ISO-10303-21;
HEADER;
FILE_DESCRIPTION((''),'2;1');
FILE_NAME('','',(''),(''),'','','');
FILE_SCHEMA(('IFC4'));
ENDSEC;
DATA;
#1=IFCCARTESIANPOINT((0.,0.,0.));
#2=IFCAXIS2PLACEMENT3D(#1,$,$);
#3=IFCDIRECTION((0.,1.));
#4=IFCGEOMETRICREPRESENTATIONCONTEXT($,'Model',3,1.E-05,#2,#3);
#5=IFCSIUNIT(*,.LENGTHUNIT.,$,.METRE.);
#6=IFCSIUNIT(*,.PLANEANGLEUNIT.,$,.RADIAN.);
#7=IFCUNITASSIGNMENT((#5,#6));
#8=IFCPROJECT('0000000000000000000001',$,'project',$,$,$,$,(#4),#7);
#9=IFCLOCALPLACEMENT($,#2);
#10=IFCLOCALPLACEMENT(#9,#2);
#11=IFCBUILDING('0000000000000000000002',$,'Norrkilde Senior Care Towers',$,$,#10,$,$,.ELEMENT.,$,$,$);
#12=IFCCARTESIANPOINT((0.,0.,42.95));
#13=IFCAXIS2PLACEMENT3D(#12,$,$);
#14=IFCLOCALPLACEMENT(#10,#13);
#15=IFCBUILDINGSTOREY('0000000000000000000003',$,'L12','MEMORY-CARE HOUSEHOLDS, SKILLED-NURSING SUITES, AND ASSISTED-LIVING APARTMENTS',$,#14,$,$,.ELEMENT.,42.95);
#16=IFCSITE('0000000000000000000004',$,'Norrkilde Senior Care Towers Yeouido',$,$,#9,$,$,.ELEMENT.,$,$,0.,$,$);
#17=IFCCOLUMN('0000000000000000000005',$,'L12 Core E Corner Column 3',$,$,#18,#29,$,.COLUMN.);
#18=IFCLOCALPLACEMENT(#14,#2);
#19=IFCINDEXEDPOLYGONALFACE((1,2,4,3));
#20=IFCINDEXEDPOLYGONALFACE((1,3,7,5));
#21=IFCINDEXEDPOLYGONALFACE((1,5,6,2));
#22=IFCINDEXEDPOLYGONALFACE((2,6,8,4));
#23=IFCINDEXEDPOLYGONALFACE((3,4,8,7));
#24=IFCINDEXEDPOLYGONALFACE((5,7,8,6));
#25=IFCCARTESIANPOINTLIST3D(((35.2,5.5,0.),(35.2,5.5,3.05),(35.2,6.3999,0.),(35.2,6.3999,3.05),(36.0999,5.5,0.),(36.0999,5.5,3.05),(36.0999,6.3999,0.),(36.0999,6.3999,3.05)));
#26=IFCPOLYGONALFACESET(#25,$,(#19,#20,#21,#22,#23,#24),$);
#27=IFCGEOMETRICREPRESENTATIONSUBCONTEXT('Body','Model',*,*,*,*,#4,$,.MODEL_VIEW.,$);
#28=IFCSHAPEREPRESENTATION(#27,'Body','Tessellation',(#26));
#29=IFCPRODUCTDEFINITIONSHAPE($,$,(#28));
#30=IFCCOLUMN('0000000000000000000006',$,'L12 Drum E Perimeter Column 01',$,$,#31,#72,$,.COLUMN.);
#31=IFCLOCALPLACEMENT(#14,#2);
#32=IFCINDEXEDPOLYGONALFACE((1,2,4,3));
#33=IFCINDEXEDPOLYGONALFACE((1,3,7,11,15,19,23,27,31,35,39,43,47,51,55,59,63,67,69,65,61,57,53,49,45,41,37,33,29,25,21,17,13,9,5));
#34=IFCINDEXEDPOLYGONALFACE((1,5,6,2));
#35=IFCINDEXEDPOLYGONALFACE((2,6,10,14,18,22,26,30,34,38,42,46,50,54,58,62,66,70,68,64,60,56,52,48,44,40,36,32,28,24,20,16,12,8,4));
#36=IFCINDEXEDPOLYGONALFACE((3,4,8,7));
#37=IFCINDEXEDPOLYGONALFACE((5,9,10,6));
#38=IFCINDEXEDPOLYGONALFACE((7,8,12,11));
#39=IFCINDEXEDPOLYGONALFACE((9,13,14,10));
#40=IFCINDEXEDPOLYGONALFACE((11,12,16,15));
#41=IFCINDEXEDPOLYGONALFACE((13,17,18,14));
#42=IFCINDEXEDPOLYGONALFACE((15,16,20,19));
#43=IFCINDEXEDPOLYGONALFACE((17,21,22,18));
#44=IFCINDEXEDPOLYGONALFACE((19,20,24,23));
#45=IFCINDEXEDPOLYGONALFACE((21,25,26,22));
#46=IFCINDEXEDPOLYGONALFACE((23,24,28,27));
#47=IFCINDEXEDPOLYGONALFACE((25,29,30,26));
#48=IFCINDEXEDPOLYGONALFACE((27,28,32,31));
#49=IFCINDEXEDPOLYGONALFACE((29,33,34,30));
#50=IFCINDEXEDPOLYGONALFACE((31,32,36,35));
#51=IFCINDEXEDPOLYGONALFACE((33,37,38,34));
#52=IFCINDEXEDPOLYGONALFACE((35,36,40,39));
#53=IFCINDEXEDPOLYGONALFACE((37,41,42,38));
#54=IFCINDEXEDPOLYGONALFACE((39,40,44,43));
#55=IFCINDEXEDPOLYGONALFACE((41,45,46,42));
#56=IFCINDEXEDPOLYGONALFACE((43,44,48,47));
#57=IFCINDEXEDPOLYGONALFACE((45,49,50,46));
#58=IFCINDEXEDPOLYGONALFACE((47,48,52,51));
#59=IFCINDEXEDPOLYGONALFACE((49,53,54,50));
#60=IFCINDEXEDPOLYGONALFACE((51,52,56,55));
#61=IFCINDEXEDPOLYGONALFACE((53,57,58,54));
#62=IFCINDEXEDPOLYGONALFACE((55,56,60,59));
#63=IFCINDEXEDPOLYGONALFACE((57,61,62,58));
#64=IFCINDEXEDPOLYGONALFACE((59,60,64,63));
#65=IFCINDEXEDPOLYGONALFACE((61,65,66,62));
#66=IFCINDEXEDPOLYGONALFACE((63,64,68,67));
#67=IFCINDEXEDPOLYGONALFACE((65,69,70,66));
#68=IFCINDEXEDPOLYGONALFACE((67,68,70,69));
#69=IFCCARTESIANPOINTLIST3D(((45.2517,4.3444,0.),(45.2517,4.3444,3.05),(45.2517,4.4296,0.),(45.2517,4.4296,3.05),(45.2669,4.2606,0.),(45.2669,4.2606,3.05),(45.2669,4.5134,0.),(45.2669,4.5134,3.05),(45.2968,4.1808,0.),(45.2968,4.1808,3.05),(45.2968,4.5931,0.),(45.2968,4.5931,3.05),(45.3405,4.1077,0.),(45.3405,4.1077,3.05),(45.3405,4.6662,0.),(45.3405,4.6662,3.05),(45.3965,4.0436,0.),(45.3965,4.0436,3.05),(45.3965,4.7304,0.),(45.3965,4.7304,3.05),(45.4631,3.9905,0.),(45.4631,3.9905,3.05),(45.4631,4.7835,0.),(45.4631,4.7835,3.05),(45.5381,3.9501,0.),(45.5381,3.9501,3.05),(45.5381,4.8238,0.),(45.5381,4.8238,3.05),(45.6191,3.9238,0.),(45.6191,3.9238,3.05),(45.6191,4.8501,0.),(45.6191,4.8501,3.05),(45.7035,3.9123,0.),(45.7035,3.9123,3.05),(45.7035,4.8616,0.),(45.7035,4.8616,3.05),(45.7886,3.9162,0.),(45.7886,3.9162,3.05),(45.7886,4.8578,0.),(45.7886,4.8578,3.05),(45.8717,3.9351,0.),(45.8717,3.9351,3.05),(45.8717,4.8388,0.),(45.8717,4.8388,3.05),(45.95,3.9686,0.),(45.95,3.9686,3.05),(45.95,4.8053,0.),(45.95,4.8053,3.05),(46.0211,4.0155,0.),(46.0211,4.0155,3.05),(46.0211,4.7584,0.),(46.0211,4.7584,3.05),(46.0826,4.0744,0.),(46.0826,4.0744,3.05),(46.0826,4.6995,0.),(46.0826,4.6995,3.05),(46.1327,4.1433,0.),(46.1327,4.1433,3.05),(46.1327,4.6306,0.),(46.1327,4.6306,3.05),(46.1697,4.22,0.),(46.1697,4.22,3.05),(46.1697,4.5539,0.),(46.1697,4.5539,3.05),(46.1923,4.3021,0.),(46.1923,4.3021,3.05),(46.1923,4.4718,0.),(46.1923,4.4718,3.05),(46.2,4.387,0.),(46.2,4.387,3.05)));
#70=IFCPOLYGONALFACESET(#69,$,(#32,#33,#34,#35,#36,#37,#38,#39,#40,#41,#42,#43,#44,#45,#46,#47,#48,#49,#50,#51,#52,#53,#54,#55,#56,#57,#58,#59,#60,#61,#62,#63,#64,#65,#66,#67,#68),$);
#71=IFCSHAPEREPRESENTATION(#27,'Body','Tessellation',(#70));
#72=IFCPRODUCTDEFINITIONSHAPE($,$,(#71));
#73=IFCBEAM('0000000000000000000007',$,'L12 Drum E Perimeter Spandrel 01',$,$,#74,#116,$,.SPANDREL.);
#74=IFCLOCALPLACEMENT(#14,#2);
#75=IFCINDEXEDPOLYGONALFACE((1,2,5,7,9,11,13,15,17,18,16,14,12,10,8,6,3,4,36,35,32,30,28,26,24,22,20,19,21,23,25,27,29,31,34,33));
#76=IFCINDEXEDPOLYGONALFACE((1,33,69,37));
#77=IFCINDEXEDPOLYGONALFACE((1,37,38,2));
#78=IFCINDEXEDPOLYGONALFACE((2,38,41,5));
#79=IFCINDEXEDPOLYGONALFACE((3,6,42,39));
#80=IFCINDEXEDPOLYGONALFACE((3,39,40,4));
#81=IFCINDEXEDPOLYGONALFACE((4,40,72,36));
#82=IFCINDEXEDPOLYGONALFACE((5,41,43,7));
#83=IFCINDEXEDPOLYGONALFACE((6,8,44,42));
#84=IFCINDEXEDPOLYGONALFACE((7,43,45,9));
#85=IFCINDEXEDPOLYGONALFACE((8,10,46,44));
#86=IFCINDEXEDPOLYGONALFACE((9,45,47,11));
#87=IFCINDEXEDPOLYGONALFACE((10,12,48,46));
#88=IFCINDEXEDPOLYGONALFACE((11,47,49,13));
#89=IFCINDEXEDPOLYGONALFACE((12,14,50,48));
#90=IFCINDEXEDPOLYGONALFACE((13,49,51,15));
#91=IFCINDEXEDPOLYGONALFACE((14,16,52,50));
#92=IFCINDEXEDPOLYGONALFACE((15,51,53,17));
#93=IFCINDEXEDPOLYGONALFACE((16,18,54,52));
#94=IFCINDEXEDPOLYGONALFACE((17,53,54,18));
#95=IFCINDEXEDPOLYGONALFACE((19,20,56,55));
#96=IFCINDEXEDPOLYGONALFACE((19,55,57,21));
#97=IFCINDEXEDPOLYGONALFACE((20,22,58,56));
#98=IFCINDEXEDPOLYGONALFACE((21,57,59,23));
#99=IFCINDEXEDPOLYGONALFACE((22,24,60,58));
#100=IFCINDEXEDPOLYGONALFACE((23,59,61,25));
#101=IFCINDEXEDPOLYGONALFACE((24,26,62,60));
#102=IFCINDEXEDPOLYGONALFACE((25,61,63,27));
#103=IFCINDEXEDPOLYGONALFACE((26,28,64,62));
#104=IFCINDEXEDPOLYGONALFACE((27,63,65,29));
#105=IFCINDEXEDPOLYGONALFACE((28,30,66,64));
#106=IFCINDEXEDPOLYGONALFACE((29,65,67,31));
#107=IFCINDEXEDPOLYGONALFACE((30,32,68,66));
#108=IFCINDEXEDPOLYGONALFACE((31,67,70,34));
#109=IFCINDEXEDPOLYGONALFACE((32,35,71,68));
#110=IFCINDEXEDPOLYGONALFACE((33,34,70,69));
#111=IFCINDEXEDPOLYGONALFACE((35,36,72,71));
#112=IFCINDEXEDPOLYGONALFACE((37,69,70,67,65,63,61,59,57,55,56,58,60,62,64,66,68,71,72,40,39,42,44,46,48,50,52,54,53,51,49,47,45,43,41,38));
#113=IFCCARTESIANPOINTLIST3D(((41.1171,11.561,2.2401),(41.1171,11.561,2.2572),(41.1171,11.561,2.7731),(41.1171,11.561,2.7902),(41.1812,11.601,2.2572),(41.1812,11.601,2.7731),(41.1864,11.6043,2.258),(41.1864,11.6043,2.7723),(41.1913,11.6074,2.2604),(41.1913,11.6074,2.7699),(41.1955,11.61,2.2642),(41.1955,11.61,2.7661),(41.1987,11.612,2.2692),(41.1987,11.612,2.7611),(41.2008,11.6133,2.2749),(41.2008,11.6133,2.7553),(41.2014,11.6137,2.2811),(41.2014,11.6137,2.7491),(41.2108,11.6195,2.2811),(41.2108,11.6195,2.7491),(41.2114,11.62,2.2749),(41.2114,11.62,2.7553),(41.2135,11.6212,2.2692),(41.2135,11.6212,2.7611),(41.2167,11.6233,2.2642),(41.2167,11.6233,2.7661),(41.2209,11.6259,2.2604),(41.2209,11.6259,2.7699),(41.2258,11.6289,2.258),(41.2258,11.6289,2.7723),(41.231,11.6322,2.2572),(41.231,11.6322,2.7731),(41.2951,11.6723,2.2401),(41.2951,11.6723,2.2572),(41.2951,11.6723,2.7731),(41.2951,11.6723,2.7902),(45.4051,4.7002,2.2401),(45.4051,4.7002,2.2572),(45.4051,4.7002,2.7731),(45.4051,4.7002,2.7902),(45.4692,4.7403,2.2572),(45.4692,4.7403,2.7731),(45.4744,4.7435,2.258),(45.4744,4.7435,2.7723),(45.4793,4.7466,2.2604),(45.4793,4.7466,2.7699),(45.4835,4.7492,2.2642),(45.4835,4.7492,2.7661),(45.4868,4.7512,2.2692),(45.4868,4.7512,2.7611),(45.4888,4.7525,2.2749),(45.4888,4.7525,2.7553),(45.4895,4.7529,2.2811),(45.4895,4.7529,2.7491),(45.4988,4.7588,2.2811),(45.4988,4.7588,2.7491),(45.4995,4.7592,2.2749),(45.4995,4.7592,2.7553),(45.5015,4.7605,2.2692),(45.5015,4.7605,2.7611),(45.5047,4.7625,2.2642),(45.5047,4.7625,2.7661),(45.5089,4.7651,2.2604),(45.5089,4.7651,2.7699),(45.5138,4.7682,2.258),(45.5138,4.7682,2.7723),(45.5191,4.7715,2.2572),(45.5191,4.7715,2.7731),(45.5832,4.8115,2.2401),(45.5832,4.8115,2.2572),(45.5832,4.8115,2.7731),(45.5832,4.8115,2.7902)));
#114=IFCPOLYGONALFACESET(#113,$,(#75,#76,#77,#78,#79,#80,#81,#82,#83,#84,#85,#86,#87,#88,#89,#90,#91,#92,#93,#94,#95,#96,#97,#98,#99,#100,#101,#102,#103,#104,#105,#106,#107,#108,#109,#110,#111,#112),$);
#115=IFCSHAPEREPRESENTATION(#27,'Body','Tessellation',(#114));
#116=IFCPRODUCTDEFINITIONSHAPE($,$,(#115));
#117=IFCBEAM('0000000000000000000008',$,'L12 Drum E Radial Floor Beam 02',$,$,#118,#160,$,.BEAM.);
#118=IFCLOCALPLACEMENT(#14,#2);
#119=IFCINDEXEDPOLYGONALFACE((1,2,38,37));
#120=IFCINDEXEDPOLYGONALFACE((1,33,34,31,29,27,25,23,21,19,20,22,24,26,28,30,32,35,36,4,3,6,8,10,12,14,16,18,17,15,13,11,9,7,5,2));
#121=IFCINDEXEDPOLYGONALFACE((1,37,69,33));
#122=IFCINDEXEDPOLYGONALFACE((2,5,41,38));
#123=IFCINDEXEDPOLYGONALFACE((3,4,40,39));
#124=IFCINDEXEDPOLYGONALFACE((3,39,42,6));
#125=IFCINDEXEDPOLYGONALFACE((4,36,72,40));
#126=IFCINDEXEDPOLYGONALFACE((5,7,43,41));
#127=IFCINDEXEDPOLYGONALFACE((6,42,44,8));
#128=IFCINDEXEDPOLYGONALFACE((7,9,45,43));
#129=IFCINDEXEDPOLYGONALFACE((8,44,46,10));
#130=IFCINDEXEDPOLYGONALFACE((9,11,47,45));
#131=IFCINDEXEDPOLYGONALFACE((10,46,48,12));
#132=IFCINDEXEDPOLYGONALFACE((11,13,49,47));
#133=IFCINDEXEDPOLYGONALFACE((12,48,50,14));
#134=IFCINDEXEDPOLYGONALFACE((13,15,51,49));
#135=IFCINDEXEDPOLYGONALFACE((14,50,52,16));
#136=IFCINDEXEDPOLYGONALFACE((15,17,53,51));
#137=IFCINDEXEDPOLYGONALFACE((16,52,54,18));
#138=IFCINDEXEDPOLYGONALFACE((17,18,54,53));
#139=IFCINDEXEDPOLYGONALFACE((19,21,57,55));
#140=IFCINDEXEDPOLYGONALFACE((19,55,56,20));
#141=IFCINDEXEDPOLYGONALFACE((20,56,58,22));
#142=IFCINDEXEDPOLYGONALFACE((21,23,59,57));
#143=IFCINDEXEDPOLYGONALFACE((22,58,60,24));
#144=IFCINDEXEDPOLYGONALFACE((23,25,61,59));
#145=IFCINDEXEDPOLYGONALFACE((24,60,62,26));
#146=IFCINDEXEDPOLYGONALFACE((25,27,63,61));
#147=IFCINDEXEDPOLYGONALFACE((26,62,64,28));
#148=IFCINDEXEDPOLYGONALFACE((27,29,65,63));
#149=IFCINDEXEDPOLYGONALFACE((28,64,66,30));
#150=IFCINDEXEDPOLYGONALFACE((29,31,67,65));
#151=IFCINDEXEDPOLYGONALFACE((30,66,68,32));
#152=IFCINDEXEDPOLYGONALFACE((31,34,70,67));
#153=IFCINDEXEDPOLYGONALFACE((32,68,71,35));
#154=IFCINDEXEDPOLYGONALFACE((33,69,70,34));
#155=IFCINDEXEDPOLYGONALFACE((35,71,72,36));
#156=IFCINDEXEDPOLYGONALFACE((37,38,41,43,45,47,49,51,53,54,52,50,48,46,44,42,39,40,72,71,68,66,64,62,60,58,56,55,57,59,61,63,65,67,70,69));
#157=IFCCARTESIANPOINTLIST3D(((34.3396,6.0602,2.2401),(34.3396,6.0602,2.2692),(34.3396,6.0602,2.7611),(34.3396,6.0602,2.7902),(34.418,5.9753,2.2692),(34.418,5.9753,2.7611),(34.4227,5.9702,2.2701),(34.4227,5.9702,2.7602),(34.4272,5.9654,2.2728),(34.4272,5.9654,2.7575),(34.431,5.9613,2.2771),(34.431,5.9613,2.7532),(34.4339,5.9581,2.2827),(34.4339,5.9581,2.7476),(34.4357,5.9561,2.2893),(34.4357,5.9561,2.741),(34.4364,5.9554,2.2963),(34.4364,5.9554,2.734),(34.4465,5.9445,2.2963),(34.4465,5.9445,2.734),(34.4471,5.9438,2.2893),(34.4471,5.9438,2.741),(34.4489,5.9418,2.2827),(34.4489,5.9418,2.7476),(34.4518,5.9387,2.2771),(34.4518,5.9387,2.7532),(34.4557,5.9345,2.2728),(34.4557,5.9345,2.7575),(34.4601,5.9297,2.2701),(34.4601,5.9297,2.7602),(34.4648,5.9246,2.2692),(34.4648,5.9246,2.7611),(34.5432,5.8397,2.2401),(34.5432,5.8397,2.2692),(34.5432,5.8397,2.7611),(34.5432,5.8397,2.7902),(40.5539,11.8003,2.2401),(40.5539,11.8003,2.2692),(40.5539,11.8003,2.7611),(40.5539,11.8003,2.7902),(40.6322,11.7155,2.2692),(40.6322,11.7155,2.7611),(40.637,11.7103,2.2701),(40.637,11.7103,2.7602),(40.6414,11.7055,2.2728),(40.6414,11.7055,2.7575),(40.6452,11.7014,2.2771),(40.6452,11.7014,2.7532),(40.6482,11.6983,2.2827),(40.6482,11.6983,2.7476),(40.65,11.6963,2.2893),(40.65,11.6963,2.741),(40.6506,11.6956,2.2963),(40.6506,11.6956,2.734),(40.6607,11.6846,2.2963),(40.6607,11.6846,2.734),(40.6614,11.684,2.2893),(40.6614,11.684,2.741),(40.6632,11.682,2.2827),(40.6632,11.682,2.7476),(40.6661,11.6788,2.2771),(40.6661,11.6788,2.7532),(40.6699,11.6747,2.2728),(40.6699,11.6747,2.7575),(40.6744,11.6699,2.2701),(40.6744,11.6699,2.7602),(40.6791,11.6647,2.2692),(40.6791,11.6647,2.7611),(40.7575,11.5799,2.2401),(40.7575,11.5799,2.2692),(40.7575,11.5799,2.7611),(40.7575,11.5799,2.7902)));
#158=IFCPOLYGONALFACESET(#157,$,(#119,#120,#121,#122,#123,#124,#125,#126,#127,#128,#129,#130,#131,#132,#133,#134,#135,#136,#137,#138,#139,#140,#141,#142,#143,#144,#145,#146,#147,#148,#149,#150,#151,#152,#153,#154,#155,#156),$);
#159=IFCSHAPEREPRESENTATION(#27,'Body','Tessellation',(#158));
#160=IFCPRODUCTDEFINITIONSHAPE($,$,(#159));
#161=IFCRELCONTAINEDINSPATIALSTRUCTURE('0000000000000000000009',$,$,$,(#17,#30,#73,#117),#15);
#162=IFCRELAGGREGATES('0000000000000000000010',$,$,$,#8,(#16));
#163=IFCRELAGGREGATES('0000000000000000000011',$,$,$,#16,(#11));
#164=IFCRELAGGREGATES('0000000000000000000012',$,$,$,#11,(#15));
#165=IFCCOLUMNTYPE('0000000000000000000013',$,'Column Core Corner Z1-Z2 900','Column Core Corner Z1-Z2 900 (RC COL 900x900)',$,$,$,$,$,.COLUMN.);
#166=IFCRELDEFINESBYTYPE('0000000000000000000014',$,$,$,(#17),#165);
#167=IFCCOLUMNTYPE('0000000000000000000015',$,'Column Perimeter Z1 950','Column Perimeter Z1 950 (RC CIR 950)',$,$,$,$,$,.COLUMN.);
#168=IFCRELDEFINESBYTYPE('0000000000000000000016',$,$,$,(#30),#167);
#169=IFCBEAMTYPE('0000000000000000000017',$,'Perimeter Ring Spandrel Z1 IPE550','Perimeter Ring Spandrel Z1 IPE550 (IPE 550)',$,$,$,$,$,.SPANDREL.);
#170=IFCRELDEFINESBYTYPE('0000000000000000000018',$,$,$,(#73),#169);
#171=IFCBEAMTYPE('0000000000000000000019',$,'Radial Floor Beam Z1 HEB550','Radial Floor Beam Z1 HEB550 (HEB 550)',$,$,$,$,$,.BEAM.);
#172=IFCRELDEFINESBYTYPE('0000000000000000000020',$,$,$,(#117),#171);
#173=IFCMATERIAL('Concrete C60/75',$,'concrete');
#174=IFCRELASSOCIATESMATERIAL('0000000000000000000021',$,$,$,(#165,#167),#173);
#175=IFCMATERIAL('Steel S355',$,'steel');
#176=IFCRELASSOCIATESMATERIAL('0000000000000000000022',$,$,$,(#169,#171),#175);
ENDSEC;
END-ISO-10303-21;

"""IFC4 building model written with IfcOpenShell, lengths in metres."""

from ifc_helpers import new_model, si_unit, direction, frame, origin, origin_2d, place, context, subcontext, project, spatial, rectangle, circle, i_section, extrude, source, transform, mapped, material, material_profile, profile_set, type_object, type_shapes, element, save


model = new_model("IFC4")

# Units and contexts
model_context = context("Model", 3, precision=1e-05, world=origin(), true_north=direction((0.0, 1.0)))
body_context = subcontext(model_context, "Body", "Model", "MODEL_VIEW")
ifc_project = project(units=[si_unit("LENGTHUNIT", "METRE"), si_unit("PLANEANGLEUNIT", "RADIAN")], contexts=[model_context])

# Site, building, storey
site_placement = place(None, origin())
site = spatial("IfcSite", under=ifc_project, at=site_placement, Name="Norrkilde Senior Care Towers Yeouido", CompositionType="ELEMENT", RefElevation=0.0)
building_placement = place(site_placement, origin())
building = spatial("IfcBuilding", under=site, at=building_placement, Name="Norrkilde Senior Care Towers", CompositionType="ELEMENT")
storey_placement = place(building_placement, frame((0.0, 0.0, 42.95)))
storey = spatial("IfcBuildingStorey", under=building, at=storey_placement, Name="L12", Description="MEMORY-CARE HOUSEHOLDS, SKILLED-NURSING SUITES, AND ASSISTED-LIVING APARTMENTS", CompositionType="ELEMENT", Elevation=42.95)

# Columns
ifc_material_1 = material(Name="Concrete C60/75", Category="concrete")
ifc_material_profile_1 = material_profile(ifc_material_1, rectangle(XDim=0.8999, YDim=0.8999, at=origin_2d()), Name="RC COL 900x900")
ifc_profile_set_1 = profile_set([ifc_material_profile_1], Name="Concrete C60/75")
column_type_1 = type_object("IfcColumnType", Name="Column Core Corner Z1-Z2 900", Description="Column Core Corner Z1-Z2 900 (RC COL 900x900)", PredefinedType="COLUMN", material=ifc_profile_set_1)
shared_shape_1 = source(origin(), body_context, "Body", "SweptSolid", [
    extrude(rectangle(XDim=0.8999, YDim=0.8999, at=origin_2d()), origin(), (0.0, 0.0, 1.0), 3.05),
])
type_shapes(column_type_1, [shared_shape_1])
column_1_placement = place(storey_placement, frame((35.6499, 5.95, 0.0), z_axis=(0.0, 0.0, 1.0), x_axis=(1.0, 0.0, 0.0)))
element("IfcColumn", 1, at=column_1_placement, inside=storey, type_object=column_type_1, Name="L12 Core E Corner Column 3", PredefinedType="COLUMN", context=body_context, shape_type="MappedRepresentation", body=[
    mapped(shared_shape_1, transform((0.0, 0.0, 0.0), x_axis=(1.0, 0.0, 0.0), y_axis=(0.0, 1.0, 0.0), z_axis=(0.0, 0.0, 1.0), scale=1.0)),
])
ifc_material_profile_2 = material_profile(ifc_material_1, circle(Radius=0.4751, at=origin_2d()), Name="RC CIR 950")
ifc_profile_set_2 = profile_set([ifc_material_profile_2], Name="Concrete C60/75")
column_type_2 = type_object("IfcColumnType", Name="Column Perimeter Z1 950", Description="Column Perimeter Z1 950 (RC CIR 950)", PredefinedType="COLUMN", material=ifc_profile_set_2)
shared_shape_2 = source(origin(), body_context, "Body", "SweptSolid", [
    extrude(circle(Radius=0.4751, at=origin_2d()), origin(), (0.0, 0.0, 1.0), 3.05),
])
type_shapes(column_type_2, [shared_shape_2])
column_2_placement = place(storey_placement, frame((45.7249, 4.387, 0.0), z_axis=(0.0, 0.0, 1.0), x_axis=(1.0, 0.0, 0.0)))
element("IfcColumn", 2, at=column_2_placement, inside=storey, type_object=column_type_2, Name="L12 Drum E Perimeter Column 01", PredefinedType="COLUMN", context=body_context, shape_type="MappedRepresentation", body=[
    mapped(shared_shape_2, transform((0.0, 0.0, 0.0), x_axis=(1.0, 0.0, 0.0), y_axis=(0.0, 1.0, 0.0), z_axis=(0.0, 0.0, 1.0), scale=1.0)),
])

# Beams
ifc_material_2 = material(Name="Steel S355", Category="steel")
ifc_material_profile_3 = material_profile(ifc_material_2, i_section(OverallWidth=0.21, OverallDepth=0.55, WebThickness=0.011, FlangeThickness=0.0171, FilletRadius=0.0239, at=origin_2d()), Name="IPE 550")
ifc_profile_set_3 = profile_set([ifc_material_profile_3], Name="Steel S355")
beam_type_1 = type_object("IfcBeamType", Name="Perimeter Ring Spandrel Z1 IPE550", Description="Perimeter Ring Spandrel Z1 IPE550 (IPE 550)", PredefinedType="SPANDREL", material=ifc_profile_set_3)
shared_shape_3 = source(origin(), body_context, "Body", "SweptSolid", [
    extrude(i_section(OverallWidth=0.21, OverallDepth=0.55, WebThickness=0.011, FlangeThickness=0.0171, FilletRadius=0.0239, at=origin_2d()), origin(), (0.0, 0.0, 1.0), 8.0906),
])
type_shapes(beam_type_1, [shared_shape_3])
beam_1_placement = place(storey_placement, frame((45.4941, 4.7559, 2.5151), z_axis=(-0.530004, 0.847995, 0.0), x_axis=(-0.847995, -0.530004, 0.0)))
element("IfcBeam", 3, at=beam_1_placement, inside=storey, type_object=beam_type_1, Name="L12 Drum E Perimeter Spandrel 01", PredefinedType="SPANDREL", context=body_context, shape_type="MappedRepresentation", body=[
    mapped(shared_shape_3, transform((0.0, 0.0, 0.0), x_axis=(1.0, 0.0, 0.0), y_axis=(0.0, 1.0, 0.0), z_axis=(0.0, 0.0, 1.0), scale=1.0)),
])
ifc_material_profile_4 = material_profile(ifc_material_2, i_section(OverallWidth=0.3, OverallDepth=0.55, WebThickness=0.0149, FlangeThickness=0.0291, FilletRadius=0.0271, at=origin_2d()), Name="HEB 550")
ifc_profile_set_4 = profile_set([ifc_material_profile_4], Name="Steel S355")
beam_type_2 = type_object("IfcBeamType", Name="Radial Floor Beam Z1 HEB550", Description="Radial Floor Beam Z1 HEB550 (HEB 550)", PredefinedType="BEAM", material=ifc_profile_set_4)
shared_shape_4 = source(origin(), body_context, "Body", "SweptSolid", [
    extrude(i_section(OverallWidth=0.3, OverallDepth=0.55, WebThickness=0.0149, FlangeThickness=0.0291, FilletRadius=0.0271, at=origin_2d()), origin(), (0.0, 0.0, 1.0), 8.4597),
])
type_shapes(beam_type_2, [shared_shape_4])
beam_2_placement = place(storey_placement, frame((34.4414, 5.95, 2.5151), z_axis=(0.734573, 0.678529, 0.0), x_axis=(-0.678529, 0.734573, 0.0)))
element("IfcBeam", 4, at=beam_2_placement, inside=storey, type_object=beam_type_2, Name="L12 Drum E Radial Floor Beam 02", PredefinedType="BEAM", context=body_context, shape_type="MappedRepresentation", body=[
    mapped(shared_shape_4, transform((0.0, 0.0, 0.0), x_axis=(1.0, 0.0, 0.0), y_axis=(0.0, 1.0, 0.0), z_axis=(0.0, 0.0, 1.0), scale=1.0)),
])

save(model, "model.ifc")
